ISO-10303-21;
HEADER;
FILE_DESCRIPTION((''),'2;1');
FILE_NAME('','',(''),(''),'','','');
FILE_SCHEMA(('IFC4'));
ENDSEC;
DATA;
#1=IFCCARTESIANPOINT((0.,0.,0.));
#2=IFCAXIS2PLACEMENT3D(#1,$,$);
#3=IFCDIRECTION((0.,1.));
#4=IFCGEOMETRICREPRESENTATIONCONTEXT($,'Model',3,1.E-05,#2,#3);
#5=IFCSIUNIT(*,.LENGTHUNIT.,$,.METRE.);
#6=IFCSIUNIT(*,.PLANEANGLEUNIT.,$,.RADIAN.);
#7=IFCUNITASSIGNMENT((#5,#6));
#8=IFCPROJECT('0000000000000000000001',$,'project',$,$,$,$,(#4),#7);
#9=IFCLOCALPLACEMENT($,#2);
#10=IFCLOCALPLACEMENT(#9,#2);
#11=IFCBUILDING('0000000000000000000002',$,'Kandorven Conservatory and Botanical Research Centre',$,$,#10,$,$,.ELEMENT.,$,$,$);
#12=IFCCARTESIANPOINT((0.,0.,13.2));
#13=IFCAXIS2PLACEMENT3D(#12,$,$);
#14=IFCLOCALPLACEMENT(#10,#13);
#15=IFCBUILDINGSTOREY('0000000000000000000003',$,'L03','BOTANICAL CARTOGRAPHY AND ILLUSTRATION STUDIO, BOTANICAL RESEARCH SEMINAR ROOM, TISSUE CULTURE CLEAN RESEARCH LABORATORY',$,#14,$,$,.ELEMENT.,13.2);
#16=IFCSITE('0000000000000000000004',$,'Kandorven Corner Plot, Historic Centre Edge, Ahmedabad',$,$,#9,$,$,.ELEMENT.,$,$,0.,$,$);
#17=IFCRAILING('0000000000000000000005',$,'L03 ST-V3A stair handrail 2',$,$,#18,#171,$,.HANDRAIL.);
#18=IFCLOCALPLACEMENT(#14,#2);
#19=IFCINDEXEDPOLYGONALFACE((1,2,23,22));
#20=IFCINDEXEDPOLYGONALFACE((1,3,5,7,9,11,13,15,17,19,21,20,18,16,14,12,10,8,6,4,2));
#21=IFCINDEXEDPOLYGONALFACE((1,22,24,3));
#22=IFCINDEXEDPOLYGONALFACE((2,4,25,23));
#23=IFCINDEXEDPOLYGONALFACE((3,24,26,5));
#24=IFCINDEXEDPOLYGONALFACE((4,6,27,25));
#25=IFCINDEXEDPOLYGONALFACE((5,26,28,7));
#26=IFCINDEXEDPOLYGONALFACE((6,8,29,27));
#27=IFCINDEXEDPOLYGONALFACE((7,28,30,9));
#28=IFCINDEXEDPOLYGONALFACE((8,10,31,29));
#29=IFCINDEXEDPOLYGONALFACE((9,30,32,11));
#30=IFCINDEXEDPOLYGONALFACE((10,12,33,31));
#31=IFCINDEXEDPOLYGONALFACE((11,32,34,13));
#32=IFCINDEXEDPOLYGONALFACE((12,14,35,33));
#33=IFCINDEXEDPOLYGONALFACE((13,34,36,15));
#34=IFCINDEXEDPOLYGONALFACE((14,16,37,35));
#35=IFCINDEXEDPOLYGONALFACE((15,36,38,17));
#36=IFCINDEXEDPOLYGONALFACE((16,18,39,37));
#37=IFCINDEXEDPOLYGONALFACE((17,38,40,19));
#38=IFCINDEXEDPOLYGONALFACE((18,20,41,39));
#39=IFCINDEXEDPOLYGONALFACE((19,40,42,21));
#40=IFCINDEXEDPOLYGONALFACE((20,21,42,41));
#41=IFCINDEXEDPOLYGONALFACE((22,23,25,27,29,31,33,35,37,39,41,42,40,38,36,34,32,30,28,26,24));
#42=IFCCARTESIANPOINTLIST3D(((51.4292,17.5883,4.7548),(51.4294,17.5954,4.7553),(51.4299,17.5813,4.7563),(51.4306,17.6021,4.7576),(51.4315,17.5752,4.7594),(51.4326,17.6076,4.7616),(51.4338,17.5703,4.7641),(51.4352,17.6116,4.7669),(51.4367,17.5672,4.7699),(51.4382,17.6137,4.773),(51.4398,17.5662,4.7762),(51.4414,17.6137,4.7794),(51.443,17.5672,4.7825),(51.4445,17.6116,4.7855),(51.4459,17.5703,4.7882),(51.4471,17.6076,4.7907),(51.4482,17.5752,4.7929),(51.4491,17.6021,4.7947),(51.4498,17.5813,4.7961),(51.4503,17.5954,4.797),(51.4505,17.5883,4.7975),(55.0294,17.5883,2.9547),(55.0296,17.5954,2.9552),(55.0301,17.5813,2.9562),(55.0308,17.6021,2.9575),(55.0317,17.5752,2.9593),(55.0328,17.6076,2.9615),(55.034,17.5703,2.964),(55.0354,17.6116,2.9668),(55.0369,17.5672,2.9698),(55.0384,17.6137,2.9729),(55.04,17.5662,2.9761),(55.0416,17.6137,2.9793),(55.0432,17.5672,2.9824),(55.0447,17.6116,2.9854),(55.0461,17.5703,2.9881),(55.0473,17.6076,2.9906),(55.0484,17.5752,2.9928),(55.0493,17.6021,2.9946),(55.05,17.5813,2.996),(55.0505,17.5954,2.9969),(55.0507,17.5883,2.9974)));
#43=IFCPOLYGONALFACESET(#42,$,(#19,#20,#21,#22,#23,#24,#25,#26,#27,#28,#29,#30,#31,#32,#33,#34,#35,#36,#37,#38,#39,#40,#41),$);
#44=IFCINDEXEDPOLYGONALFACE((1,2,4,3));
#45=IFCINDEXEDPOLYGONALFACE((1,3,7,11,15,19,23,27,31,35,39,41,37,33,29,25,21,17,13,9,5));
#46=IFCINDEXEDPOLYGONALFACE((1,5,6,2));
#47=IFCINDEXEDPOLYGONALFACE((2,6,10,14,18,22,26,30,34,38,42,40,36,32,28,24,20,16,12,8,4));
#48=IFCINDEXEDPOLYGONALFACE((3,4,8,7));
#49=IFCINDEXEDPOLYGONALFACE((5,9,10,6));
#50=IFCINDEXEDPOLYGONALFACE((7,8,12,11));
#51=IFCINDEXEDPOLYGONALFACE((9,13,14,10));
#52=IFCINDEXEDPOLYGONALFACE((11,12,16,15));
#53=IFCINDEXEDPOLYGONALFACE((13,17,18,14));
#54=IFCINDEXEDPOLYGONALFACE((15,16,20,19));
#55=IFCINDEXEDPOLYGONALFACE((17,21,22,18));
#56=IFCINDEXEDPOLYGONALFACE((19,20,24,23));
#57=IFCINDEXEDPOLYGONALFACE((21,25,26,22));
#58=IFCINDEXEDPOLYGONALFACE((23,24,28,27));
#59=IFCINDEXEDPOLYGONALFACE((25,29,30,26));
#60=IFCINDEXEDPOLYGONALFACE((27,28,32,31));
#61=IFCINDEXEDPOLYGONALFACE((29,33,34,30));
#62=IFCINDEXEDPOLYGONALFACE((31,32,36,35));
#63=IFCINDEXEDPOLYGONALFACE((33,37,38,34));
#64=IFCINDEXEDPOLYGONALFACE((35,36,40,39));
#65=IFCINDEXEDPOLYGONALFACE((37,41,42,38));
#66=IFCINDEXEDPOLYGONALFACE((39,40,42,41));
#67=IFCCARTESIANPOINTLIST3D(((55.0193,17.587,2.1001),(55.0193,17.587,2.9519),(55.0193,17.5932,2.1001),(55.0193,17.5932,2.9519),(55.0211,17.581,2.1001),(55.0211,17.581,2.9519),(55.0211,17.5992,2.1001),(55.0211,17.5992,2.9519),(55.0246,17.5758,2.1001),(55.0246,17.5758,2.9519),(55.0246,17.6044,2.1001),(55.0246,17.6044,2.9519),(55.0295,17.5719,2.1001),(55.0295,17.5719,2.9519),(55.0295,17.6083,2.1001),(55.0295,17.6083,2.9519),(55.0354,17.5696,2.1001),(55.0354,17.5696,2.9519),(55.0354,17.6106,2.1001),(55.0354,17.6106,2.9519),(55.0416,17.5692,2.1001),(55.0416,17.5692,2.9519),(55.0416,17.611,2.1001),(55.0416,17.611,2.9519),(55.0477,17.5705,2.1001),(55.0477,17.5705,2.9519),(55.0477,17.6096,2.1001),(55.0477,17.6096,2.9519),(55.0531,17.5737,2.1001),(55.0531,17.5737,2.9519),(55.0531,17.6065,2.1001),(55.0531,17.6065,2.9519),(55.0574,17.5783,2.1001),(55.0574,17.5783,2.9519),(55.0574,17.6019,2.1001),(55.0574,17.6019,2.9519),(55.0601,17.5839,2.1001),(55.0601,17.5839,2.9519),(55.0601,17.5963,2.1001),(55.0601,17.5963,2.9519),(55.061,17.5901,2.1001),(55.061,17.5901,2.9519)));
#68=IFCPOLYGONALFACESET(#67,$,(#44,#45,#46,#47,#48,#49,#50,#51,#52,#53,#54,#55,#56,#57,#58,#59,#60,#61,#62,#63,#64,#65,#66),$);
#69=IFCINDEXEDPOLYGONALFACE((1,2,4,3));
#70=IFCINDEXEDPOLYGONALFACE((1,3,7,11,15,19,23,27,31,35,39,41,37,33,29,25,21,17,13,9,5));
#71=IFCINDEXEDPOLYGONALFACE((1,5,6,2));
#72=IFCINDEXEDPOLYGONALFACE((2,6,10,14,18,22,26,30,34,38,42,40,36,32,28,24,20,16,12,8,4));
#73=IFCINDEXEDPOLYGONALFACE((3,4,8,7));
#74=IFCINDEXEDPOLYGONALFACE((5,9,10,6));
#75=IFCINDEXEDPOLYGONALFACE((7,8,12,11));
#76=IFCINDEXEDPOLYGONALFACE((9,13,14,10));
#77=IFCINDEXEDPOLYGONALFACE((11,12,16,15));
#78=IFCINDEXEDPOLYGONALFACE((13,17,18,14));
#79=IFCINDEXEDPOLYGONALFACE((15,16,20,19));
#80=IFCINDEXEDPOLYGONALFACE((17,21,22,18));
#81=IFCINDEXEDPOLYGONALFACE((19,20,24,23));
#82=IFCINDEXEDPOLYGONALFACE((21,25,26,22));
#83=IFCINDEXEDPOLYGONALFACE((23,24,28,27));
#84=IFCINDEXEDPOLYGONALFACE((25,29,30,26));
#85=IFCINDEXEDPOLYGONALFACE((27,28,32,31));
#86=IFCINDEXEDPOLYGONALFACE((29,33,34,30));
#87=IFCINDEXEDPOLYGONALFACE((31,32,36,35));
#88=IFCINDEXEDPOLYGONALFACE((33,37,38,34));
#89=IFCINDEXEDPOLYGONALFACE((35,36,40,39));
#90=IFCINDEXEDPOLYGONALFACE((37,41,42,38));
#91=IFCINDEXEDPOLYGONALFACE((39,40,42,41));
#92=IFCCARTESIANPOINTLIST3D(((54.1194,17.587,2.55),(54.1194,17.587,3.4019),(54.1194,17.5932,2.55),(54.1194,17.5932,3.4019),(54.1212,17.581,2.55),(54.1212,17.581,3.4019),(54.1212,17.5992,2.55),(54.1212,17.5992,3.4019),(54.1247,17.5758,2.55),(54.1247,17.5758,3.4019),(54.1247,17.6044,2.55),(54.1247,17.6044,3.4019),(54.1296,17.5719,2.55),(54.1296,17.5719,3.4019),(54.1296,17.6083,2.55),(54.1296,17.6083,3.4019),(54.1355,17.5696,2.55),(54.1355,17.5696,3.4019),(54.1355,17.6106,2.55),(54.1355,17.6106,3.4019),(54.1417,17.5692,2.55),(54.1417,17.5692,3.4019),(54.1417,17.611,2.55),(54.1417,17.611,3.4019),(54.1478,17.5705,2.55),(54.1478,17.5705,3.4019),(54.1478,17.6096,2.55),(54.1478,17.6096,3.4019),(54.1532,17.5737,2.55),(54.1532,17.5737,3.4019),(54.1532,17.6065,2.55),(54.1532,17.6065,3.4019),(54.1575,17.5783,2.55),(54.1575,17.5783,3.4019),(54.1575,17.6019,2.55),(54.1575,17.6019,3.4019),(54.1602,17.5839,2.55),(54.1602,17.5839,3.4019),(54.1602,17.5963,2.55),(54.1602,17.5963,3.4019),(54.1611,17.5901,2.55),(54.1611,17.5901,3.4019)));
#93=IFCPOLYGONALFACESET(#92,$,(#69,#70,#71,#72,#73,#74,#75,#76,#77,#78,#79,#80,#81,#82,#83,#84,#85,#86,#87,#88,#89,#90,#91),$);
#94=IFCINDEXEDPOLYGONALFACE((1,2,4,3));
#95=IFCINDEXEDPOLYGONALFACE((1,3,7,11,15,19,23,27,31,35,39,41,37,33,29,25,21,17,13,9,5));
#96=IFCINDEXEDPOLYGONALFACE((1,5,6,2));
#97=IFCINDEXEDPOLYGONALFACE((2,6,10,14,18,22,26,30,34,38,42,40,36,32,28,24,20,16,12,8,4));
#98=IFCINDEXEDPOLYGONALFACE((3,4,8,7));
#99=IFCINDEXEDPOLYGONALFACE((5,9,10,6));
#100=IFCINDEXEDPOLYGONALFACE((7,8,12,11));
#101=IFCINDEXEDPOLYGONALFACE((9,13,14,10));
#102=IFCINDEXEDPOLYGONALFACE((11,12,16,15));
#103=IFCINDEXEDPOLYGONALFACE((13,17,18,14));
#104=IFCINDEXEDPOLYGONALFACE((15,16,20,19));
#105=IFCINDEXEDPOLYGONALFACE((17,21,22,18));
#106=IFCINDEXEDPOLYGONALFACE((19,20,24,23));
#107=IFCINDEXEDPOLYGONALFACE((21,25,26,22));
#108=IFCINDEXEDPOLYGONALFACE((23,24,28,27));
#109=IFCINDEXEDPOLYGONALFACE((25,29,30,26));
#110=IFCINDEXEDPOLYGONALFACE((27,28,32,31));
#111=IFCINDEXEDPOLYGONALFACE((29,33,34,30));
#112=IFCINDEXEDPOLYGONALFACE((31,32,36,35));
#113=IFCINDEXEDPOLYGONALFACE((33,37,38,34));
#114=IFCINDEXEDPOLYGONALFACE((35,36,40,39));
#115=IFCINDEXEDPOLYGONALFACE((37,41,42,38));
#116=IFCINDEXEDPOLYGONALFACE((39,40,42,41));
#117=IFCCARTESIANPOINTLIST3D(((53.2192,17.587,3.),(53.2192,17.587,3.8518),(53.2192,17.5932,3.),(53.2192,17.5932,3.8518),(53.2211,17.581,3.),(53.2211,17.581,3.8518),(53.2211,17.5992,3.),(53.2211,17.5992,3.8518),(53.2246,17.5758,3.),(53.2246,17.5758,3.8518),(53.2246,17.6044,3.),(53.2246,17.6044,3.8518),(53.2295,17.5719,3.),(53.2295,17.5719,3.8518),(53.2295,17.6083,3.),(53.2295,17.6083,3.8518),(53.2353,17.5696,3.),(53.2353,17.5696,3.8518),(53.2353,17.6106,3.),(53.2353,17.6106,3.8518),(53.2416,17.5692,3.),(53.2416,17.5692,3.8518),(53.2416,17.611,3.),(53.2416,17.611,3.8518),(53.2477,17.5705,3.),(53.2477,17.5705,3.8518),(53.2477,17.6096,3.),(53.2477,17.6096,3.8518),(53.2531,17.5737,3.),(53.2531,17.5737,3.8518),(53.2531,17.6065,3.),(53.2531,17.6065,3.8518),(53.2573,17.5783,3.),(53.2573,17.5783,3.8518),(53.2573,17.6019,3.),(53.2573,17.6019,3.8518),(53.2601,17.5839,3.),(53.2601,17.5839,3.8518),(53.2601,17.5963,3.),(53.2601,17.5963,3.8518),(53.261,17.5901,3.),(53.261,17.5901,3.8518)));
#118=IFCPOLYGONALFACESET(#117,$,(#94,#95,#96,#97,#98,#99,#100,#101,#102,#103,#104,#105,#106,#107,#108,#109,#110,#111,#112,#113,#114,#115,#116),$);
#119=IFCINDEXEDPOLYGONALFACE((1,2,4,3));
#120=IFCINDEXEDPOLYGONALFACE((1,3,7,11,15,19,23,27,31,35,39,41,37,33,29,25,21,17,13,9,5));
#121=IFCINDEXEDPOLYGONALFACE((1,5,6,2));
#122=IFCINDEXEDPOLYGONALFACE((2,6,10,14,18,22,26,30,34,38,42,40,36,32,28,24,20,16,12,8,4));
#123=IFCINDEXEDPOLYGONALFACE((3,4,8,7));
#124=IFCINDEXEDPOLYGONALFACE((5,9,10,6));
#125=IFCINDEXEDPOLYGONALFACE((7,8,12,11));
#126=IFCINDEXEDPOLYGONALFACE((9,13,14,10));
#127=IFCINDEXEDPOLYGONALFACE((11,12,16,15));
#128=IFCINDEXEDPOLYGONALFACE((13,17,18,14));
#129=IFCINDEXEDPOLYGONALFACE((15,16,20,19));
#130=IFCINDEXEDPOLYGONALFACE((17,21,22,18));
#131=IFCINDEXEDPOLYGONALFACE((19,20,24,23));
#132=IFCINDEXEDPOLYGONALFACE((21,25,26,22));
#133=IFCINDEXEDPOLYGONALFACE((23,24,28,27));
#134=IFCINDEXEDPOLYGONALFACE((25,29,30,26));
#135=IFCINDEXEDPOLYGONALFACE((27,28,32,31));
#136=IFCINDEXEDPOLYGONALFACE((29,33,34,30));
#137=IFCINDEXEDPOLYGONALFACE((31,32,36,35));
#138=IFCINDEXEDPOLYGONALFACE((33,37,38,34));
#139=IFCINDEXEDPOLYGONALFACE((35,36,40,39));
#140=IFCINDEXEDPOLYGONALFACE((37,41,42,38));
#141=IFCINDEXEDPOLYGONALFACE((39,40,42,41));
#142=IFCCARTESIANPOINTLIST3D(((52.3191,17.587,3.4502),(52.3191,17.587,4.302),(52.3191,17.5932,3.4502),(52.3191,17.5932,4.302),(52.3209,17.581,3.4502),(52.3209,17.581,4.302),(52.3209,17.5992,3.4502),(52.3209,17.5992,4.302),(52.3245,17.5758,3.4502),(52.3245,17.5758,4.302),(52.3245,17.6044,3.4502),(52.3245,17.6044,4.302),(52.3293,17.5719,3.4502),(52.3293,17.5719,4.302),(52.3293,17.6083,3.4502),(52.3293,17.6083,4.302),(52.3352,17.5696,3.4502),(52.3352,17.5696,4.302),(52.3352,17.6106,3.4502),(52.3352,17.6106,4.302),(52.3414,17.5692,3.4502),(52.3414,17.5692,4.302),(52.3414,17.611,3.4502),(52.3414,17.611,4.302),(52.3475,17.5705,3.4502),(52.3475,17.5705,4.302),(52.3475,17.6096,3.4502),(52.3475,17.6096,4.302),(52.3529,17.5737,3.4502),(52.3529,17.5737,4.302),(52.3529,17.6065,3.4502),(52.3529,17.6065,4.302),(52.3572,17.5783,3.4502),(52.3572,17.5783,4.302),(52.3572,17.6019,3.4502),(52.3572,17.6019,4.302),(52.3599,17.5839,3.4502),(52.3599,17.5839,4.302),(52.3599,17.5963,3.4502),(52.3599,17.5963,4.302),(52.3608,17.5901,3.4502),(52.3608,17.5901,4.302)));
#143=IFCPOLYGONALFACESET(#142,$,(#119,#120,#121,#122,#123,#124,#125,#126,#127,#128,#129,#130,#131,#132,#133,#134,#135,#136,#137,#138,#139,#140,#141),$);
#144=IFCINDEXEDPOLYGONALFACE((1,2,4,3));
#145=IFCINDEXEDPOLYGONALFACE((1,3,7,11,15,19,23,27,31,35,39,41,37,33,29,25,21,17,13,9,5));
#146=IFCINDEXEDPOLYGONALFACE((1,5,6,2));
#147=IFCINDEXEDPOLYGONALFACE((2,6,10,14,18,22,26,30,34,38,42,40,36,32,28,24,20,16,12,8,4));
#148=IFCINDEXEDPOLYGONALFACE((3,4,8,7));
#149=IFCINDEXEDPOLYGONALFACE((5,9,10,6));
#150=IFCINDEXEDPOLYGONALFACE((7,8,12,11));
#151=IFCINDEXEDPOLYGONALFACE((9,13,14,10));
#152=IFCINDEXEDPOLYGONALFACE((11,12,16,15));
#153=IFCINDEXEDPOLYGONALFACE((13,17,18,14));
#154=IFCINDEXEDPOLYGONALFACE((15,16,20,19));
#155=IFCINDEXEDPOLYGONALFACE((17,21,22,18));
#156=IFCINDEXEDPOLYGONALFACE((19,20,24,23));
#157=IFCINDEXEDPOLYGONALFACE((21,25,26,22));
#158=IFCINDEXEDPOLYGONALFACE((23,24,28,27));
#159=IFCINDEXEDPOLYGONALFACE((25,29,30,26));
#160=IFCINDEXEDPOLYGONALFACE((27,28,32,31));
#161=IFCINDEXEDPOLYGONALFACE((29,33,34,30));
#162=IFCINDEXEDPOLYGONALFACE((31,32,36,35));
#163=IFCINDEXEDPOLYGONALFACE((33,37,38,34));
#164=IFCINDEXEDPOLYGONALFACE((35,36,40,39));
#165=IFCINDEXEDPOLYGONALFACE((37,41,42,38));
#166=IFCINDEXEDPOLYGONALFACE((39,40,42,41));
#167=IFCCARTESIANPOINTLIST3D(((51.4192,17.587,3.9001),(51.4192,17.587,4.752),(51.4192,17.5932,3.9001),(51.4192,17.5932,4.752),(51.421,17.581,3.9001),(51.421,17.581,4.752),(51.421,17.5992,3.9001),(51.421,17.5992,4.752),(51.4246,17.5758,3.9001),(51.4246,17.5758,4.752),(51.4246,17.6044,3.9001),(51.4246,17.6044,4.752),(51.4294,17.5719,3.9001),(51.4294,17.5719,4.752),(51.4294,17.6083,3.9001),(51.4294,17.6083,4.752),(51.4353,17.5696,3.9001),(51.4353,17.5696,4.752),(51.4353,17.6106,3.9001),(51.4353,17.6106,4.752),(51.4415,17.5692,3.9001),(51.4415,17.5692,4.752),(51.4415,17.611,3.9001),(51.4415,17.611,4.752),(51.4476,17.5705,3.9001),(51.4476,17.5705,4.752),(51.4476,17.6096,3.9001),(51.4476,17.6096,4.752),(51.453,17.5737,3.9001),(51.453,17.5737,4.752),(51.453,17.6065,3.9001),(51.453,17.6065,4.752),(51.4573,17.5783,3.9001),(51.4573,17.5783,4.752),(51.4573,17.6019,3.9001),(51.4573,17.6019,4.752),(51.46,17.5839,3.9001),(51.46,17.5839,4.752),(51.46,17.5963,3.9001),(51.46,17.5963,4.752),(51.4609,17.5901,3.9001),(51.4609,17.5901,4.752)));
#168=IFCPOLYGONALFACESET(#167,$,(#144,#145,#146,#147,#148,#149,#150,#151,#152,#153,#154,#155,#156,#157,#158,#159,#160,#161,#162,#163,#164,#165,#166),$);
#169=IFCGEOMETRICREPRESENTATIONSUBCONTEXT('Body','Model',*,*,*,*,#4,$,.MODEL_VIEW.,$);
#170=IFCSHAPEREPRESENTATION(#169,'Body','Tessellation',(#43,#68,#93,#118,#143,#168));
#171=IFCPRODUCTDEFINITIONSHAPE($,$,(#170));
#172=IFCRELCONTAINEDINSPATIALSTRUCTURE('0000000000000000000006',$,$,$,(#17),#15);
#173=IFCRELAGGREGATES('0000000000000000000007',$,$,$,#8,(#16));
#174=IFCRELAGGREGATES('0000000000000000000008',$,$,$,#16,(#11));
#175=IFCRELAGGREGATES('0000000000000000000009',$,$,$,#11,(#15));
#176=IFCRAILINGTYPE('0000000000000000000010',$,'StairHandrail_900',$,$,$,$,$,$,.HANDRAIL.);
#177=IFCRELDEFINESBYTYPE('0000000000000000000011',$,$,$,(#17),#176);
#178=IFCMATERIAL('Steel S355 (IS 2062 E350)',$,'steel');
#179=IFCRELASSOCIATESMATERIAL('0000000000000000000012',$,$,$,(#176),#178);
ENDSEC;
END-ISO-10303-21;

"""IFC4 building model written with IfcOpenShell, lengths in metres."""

from ifc_helpers import new_model, si_unit, direction, frame, origin, origin_2d, place, context, subcontext, project, spatial, circle, extrude, material, type_object, element, save


model = new_model("IFC4")

# Units and contexts
model_context = context("Model", 3, precision=1e-05, world=origin(), true_north=direction((0.0, 1.0)))
body_context = subcontext(model_context, "Body", "Model", "MODEL_VIEW")
ifc_project = project(units=[si_unit("LENGTHUNIT", "METRE"), si_unit("PLANEANGLEUNIT", "RADIAN")], contexts=[model_context])

# Site, building, storey
site_placement = place(None, origin())
site = spatial("IfcSite", under=ifc_project, at=site_placement, Name="Kandorven Corner Plot, Historic Centre Edge, Ahmedabad", CompositionType="ELEMENT", RefElevation=0.0)
building_placement = place(site_placement, origin())
building = spatial("IfcBuilding", under=site, at=building_placement, Name="Kandorven Conservatory and Botanical Research Centre", CompositionType="ELEMENT")
storey_placement = place(building_placement, frame((0.0, 0.0, 13.2)))
storey = spatial("IfcBuildingStorey", under=building, at=storey_placement, Name="L03", Description="BOTANICAL CARTOGRAPHY AND ILLUSTRATION STUDIO, BOTANICAL RESEARCH SEMINAR ROOM, TISSUE CULTURE CLEAN RESEARCH LABORATORY", CompositionType="ELEMENT", Elevation=13.2)

# Railing
ifc_material_1 = material(Name="Steel S355 (IS 2062 E350)", Category="steel")
railing_type_1 = type_object("IfcRailingType", Name="StairHandrail_900", PredefinedType="HANDRAIL", material=ifc_material_1)
railing_1_placement = place(storey_placement, frame((55.04, 17.5901, 2.1001)))
element("IfcRailing", 1, at=railing_1_placement, inside=storey, type_object=railing_type_1, Name="L03 ST-V3A stair handrail 2", PredefinedType="HANDRAIL", context=body_context, shape_type="SweptSolid", body=[
    extrude(circle(Radius=0.0239, at=origin_2d()), frame((0.0, 0.0, 0.876), z_axis=(-0.894427, 0.0, 0.447214), x_axis=(0.0, -1.0, 0.0)), (0.0, 0.0, 1.0), 4.0251),
    extrude(circle(Radius=0.021, at=origin_2d()), origin(), (0.0, 0.0, 1.0), 0.8518),
    extrude(circle(Radius=0.021, at=origin_2d()), frame((-0.8999, 0.0, 0.45)), (0.0, 0.0, 1.0), 0.8518),
    extrude(circle(Radius=0.021, at=origin_2d()), frame((-1.8, 0.0, 0.8999)), (0.0, 0.0, 1.0), 0.8518),
    extrude(circle(Radius=0.021, at=origin_2d()), frame((-2.7002, 0.0, 1.3501)), (0.0, 0.0, 1.0), 0.8518),
    extrude(circle(Radius=0.021, at=origin_2d()), frame((-3.6001, 0.0, 1.8)), (0.0, 0.0, 1.0), 0.8518),
])

save(model, "model.ifc")
